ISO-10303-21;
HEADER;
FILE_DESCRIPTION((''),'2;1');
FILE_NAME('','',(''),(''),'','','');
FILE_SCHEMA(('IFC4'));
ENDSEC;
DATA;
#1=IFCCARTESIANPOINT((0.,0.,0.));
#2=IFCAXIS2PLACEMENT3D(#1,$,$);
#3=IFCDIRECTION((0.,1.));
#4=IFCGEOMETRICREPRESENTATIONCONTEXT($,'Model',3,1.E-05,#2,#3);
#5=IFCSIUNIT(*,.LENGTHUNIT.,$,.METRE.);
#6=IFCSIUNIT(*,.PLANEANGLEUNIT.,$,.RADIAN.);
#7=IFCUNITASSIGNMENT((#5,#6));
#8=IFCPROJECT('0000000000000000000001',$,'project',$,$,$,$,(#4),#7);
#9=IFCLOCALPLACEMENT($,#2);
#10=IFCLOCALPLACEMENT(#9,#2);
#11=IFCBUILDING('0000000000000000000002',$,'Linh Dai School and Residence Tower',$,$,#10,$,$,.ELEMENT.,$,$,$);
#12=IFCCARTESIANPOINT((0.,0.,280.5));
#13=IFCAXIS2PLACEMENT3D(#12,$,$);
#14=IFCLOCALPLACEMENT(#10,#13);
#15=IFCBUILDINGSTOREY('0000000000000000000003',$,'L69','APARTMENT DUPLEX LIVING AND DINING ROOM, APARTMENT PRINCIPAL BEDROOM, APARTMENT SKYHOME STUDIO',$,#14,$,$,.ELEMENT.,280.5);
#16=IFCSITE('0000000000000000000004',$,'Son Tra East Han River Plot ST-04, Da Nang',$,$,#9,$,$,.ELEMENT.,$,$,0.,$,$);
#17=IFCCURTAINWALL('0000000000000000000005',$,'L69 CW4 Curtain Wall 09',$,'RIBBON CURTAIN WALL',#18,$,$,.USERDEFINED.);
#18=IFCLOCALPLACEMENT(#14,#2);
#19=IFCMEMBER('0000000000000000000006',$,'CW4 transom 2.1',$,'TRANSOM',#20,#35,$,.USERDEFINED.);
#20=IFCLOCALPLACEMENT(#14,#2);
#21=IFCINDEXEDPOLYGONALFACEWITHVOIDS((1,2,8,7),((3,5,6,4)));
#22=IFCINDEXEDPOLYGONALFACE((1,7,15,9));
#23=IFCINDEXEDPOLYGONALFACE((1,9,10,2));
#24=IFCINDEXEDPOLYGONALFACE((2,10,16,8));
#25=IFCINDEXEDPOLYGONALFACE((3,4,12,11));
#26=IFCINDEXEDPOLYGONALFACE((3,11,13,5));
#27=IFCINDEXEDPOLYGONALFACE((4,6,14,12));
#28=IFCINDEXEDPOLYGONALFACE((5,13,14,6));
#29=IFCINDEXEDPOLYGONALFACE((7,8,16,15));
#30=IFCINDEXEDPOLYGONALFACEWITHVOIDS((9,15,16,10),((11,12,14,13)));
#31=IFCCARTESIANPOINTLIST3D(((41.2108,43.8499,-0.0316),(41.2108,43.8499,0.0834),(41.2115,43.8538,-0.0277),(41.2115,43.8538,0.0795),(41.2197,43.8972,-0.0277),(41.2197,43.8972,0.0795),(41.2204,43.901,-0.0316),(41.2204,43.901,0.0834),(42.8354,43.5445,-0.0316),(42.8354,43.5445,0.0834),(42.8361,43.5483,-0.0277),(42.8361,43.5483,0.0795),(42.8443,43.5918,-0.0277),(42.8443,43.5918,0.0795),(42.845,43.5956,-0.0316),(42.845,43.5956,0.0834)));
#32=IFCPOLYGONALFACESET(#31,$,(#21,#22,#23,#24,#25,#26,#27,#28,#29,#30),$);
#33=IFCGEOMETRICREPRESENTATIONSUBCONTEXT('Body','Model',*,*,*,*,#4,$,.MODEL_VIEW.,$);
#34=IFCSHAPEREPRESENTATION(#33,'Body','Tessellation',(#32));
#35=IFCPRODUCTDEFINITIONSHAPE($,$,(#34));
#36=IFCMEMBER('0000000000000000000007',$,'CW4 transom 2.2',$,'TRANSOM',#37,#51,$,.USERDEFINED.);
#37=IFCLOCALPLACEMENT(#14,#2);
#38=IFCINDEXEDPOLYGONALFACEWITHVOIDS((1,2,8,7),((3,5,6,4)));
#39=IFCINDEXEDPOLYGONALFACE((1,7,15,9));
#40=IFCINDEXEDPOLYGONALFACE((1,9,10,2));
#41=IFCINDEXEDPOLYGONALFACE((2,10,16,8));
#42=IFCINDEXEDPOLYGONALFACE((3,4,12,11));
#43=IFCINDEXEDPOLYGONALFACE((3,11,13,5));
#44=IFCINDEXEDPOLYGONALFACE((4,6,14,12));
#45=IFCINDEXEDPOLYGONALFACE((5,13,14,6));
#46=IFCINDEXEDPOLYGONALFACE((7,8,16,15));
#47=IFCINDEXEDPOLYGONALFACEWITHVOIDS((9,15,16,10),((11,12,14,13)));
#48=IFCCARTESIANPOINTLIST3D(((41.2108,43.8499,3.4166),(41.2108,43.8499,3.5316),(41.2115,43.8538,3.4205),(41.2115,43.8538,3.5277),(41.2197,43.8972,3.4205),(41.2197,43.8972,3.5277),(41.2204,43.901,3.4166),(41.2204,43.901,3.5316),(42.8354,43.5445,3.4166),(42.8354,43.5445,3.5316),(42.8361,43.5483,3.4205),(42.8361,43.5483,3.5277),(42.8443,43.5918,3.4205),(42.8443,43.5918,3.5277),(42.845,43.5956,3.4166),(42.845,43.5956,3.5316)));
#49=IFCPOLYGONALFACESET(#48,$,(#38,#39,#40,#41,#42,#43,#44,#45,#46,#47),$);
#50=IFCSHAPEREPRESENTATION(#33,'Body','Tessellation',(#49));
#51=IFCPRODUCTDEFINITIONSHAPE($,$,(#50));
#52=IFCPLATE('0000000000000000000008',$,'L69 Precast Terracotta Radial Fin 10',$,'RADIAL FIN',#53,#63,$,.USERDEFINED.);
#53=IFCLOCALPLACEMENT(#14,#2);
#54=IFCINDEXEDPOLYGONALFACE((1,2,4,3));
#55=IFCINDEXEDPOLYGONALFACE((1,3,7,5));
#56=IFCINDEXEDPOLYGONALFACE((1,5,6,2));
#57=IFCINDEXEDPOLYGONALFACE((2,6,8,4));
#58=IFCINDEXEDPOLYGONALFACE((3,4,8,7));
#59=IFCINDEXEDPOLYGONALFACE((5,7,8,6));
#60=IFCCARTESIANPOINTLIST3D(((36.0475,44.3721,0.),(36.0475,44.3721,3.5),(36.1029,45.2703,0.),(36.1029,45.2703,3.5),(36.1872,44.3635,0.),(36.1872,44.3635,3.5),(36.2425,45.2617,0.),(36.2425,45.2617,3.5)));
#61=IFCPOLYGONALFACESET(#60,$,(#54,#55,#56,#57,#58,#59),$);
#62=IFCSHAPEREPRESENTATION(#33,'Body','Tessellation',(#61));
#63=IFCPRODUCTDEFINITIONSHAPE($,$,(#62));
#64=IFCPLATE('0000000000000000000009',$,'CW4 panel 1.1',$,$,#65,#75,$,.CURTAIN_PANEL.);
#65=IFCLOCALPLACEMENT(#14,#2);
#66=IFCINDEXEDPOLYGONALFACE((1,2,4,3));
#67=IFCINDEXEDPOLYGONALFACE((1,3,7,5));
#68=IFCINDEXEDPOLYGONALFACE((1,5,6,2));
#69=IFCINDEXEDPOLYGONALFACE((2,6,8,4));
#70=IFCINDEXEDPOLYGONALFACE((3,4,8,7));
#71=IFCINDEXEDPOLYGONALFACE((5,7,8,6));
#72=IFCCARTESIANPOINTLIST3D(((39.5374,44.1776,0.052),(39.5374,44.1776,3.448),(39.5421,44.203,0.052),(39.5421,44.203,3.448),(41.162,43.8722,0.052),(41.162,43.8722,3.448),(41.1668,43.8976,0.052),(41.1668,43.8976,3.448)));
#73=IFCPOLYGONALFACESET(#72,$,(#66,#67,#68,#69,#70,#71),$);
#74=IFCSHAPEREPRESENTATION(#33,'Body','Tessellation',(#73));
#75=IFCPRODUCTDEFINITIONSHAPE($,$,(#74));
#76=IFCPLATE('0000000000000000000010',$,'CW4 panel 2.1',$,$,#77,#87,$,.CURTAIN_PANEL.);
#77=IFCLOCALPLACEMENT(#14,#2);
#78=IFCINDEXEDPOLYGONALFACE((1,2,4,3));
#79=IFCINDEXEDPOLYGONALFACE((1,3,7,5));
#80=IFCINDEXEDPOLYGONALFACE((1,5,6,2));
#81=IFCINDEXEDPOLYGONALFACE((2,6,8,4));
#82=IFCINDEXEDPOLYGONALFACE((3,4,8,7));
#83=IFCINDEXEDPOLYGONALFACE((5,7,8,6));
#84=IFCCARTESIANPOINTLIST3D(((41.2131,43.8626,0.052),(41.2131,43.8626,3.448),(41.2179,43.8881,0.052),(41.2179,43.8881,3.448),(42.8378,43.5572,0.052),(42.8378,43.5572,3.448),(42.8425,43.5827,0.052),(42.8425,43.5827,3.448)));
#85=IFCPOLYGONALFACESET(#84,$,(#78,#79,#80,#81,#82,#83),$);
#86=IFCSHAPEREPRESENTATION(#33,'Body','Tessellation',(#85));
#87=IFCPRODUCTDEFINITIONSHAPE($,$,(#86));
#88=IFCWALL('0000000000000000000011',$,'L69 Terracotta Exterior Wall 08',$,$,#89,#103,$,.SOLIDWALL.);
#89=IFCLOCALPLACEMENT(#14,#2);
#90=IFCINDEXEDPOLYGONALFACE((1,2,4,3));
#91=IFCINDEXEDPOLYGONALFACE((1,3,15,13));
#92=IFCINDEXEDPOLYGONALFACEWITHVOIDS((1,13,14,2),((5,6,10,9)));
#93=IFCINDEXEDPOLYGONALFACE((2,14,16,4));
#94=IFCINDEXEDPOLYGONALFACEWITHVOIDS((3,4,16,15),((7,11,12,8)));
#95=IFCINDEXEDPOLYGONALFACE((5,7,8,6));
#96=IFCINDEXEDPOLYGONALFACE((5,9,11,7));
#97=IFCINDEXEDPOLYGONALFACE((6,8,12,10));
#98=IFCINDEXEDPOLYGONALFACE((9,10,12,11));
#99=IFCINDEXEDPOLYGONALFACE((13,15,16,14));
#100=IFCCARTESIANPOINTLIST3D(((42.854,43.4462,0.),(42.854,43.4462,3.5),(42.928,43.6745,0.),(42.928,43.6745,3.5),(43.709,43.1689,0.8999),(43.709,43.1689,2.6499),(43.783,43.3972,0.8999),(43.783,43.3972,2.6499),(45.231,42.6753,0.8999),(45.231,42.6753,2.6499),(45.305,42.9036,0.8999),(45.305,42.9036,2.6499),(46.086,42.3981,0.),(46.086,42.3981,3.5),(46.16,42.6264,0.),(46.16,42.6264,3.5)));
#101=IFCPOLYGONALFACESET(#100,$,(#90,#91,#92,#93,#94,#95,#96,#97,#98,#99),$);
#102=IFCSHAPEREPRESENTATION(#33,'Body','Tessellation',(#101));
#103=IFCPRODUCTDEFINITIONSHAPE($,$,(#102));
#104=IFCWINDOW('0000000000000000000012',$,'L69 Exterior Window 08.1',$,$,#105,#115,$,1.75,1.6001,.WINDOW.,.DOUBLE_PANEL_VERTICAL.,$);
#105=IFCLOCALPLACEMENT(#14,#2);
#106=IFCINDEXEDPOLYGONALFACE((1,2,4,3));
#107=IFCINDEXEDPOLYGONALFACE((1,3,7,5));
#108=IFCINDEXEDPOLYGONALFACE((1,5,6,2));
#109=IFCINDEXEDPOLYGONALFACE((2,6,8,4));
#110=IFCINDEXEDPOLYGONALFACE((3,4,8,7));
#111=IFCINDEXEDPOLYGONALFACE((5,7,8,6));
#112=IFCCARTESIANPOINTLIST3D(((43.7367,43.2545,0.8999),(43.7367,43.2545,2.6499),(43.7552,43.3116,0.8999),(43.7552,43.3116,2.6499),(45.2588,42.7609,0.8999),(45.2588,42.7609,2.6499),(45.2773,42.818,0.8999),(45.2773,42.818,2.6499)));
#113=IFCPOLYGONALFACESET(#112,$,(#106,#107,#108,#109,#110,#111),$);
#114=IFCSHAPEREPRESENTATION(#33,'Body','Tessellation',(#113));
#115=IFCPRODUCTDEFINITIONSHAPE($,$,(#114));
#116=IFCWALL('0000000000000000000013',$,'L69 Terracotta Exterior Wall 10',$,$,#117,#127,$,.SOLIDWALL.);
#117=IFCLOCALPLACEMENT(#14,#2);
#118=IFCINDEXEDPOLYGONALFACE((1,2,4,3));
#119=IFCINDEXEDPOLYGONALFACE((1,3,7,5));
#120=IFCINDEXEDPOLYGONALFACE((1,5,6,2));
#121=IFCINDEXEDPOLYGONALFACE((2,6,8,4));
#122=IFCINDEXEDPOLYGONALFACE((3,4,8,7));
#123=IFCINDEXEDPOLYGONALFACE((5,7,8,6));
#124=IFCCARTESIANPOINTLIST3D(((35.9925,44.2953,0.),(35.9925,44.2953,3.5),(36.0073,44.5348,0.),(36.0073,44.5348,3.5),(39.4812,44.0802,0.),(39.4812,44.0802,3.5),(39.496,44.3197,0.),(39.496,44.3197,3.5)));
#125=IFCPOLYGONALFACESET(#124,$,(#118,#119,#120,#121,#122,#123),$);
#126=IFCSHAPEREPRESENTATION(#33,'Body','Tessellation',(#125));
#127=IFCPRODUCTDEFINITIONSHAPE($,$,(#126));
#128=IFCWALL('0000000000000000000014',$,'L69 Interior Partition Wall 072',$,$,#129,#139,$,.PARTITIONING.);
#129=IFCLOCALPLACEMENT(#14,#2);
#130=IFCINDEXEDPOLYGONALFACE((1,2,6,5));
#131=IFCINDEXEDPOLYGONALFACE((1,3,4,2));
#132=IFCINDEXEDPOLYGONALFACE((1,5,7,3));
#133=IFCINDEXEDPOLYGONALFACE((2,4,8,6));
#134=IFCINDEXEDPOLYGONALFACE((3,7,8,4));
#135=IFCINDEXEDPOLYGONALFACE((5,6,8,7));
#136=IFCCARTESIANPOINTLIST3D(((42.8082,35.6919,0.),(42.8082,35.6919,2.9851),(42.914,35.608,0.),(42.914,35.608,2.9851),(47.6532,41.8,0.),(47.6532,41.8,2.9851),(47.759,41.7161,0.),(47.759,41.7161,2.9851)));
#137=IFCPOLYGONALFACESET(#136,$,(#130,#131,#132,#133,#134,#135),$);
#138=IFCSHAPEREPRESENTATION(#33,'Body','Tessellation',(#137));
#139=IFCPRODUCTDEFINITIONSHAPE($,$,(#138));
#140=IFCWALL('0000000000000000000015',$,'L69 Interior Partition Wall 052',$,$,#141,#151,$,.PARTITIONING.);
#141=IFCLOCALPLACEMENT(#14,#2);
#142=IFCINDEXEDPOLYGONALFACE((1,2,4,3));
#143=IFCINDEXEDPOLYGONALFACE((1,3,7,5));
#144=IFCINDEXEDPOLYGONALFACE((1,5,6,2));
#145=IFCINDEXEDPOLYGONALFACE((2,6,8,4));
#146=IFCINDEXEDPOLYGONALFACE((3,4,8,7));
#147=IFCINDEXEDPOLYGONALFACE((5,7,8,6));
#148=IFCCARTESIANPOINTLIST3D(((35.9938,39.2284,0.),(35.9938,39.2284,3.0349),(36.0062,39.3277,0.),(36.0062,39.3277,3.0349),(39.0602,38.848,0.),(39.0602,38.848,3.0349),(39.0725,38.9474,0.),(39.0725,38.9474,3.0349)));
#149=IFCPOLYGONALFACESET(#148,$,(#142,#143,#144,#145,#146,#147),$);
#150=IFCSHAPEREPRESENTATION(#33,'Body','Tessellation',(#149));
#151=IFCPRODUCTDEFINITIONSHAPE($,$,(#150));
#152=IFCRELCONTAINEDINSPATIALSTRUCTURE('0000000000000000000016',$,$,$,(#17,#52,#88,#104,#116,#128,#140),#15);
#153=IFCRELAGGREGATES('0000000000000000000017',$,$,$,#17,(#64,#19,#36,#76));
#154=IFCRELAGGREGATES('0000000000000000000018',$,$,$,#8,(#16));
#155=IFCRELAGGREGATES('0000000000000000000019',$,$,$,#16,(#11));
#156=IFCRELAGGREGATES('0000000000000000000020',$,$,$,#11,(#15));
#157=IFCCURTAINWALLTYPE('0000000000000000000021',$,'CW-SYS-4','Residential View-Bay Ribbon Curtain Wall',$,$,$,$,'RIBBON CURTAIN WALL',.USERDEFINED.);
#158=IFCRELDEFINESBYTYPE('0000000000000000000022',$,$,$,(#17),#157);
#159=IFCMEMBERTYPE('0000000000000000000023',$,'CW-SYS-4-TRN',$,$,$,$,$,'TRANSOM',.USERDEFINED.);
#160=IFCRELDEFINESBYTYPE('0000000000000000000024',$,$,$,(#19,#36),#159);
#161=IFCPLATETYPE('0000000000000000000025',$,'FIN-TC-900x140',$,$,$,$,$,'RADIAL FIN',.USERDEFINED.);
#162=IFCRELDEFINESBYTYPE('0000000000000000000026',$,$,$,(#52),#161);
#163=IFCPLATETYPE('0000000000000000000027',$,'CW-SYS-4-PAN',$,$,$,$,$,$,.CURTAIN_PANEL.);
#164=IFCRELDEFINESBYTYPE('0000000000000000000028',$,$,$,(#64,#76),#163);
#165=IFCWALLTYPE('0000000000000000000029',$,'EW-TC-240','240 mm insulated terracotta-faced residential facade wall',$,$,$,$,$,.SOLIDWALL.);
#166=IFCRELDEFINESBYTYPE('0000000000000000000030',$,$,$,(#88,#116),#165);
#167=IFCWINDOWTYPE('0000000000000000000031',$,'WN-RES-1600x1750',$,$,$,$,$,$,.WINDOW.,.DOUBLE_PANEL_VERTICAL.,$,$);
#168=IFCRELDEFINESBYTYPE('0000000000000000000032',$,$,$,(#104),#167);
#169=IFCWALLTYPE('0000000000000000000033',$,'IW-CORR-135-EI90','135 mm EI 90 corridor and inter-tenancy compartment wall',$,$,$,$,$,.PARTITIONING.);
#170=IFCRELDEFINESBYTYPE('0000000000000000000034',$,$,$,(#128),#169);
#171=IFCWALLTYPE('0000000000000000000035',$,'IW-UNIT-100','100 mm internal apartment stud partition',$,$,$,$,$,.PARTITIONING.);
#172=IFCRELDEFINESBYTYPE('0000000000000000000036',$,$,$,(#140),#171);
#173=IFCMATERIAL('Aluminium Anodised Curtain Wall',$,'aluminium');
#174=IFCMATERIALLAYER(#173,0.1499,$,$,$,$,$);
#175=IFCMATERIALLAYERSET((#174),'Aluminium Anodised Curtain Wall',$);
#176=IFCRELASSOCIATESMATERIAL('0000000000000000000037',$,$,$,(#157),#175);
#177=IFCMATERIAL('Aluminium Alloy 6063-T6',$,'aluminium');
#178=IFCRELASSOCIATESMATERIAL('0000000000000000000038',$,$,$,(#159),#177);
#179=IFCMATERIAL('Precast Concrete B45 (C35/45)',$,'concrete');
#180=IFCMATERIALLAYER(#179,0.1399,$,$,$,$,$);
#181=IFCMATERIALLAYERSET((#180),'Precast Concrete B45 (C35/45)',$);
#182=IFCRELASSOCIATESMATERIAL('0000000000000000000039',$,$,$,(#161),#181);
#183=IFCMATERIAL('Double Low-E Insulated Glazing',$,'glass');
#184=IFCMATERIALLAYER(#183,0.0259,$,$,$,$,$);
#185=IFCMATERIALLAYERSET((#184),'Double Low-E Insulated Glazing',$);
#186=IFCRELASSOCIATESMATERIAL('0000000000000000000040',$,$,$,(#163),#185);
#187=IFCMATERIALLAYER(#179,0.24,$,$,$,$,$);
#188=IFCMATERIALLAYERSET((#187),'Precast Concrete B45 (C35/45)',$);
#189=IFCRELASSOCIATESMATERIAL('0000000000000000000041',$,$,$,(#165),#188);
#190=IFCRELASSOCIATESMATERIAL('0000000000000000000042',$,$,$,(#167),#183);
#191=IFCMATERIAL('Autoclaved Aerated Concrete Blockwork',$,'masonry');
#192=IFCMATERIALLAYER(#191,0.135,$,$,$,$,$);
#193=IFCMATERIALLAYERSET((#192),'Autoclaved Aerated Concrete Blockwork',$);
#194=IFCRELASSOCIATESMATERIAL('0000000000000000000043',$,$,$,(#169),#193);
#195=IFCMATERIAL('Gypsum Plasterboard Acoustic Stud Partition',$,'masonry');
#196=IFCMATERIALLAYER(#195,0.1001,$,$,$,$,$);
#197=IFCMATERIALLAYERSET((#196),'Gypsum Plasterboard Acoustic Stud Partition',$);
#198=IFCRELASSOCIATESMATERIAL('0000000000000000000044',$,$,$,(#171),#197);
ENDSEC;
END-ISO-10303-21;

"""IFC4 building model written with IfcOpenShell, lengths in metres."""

from ifc_helpers import new_model, si_unit, direction, frame, frame_2d, origin, origin_2d, place, context, subcontext, project, spatial, rectangle, hollow_rectangle, extrude, source, transform, mapped, material, layer, layer_set, material_profile, profile_set, type_object, element, fill, aggregate, save


model = new_model("IFC4")

# Units and contexts
model_context = context("Model", 3, precision=1e-05, world=origin(), true_north=direction((0.0, 1.0)))
body_context = subcontext(model_context, "Body", "Model", "MODEL_VIEW")
ifc_project = project(units=[si_unit("LENGTHUNIT", "METRE"), si_unit("PLANEANGLEUNIT", "RADIAN")], contexts=[model_context])

# Site, building, storey
site_placement = place(None, origin())
site = spatial("IfcSite", under=ifc_project, at=site_placement, Name="Son Tra East Han River Plot ST-04, Da Nang", CompositionType="ELEMENT", RefElevation=0.0)
building_placement = place(site_placement, origin())
building = spatial("IfcBuilding", under=site, at=building_placement, Name="Linh Dai School and Residence Tower", CompositionType="ELEMENT")
storey_placement = place(building_placement, frame((0.0, 0.0, 280.5)))
storey = spatial("IfcBuildingStorey", under=building, at=storey_placement, Name="L69", Description="APARTMENT DUPLEX LIVING AND DINING ROOM, APARTMENT PRINCIPAL BEDROOM, APARTMENT SKYHOME STUDIO", CompositionType="ELEMENT", Elevation=280.5)

# Curtain wall, members
ifc_material_1 = material(Name="Aluminium Anodised Curtain Wall", Category="aluminium")
ifc_layer_1 = layer(ifc_material_1, 0.1499)
ifc_layer_set_1 = layer_set([ifc_layer_1], Name="Aluminium Anodised Curtain Wall")
curtain_wall_type = type_object("IfcCurtainWallType", Name="CW-SYS-4", Description="Residential View-Bay Ribbon Curtain Wall", ElementType="RIBBON CURTAIN WALL", PredefinedType="USERDEFINED", material=ifc_layer_set_1)
curtain_wall_placement = place(storey_placement, origin())
curtain_wall = element("IfcCurtainWall", 1, at=curtain_wall_placement, inside=storey, type_object=curtain_wall_type, Name="L69 CW4 Curtain Wall 09", ObjectType="RIBBON CURTAIN WALL", PredefinedType="USERDEFINED")
ifc_material_2 = material(Name="Aluminium Alloy 6063-T6", Category="aluminium")
ifc_material_profile_1 = material_profile(ifc_material_2, hollow_rectangle(XDim=0.052, YDim=0.115, WallThickness=0.0039, at=origin_2d()), Name="RHS 115x52x4")
ifc_profile_set_1 = profile_set([ifc_material_profile_1], Name="Aluminium Alloy 6063-T6")
member_type_1 = type_object("IfcMemberType", Name="CW-SYS-4-TRN", ElementType="TRANSOM", PredefinedType="USERDEFINED", material=ifc_profile_set_1)
shared_shape_1 = source(origin(), body_context, "Body", "SweptSolid", [
    extrude(hollow_rectangle(XDim=0.052, YDim=0.115, WallThickness=0.0039, at=origin_2d()), origin(), (0.0, 0.0, 1.0), 1.6531),
])
member_1_placement = place(storey_placement, frame((41.2156, 43.8755, 0.0259), z_axis=(0.982782, -0.18477, 0.0), x_axis=(0.18477, 0.982782, 0.0)))
member_1 = element("IfcMember", 2, at=member_1_placement, type_object=member_type_1, Name="CW4 transom 2.1", ObjectType="TRANSOM", PredefinedType="USERDEFINED", context=body_context, shape_type="MappedRepresentation", body=[
    mapped(shared_shape_1, transform((0.0, 0.0, 0.0), x_axis=(1.0, 0.0, 0.0), y_axis=(0.0, 1.0, 0.0), z_axis=(0.0, 0.0, 1.0), scale=1.0)),
])
member_2_placement = place(storey_placement, frame((41.2156, 43.8755, 3.4741), z_axis=(0.982782, -0.18477, 0.0), x_axis=(0.18477, 0.982782, 0.0)))
member_2 = element("IfcMember", 3, at=member_2_placement, type_object=member_type_1, Name="CW4 transom 2.2", ObjectType="TRANSOM", PredefinedType="USERDEFINED", context=body_context, shape_type="MappedRepresentation", body=[
    mapped(shared_shape_1, transform((0.0, 0.0, 0.0), x_axis=(1.0, 0.0, 0.0), y_axis=(0.0, 1.0, 0.0), z_axis=(0.0, 0.0, 1.0), scale=1.0)),
])

# Plates
ifc_material_3 = material(Name="Precast Concrete B45 (C35/45)", Category="concrete")
ifc_layer_2 = layer(ifc_material_3, 0.1399)
ifc_layer_set_2 = layer_set([ifc_layer_2], Name="Precast Concrete B45 (C35/45)")
plate_type_1 = type_object("IfcPlateType", Name="FIN-TC-900x140", ElementType="RADIAL FIN", PredefinedType="USERDEFINED", material=ifc_layer_set_2)
shared_shape_2 = source(origin(), body_context, "Body", "SweptSolid", [
    extrude(rectangle(XDim=0.8999, YDim=0.1399, at=origin_2d()), origin(), (0.0, 0.0, 1.0), 3.5),
])
plate_1_placement = place(storey_placement, frame((36.145, 44.8169, 0.0), z_axis=(0.0, 0.0, 1.0), x_axis=(0.06151, 0.998106, 0.0)))
element("IfcPlate", 4, at=plate_1_placement, inside=storey, type_object=plate_type_1, Name="L69 Precast Terracotta Radial Fin 10", ObjectType="RADIAL FIN", PredefinedType="USERDEFINED", context=body_context, shape_type="MappedRepresentation", body=[
    mapped(shared_shape_2, transform((0.0, 0.0, 0.0), x_axis=(1.0, 0.0, 0.0), y_axis=(0.0, 1.0, 0.0), z_axis=(0.0, 0.0, 1.0), scale=1.0)),
])
ifc_material_4 = material(Name="Double Low-E Insulated Glazing", Category="glass")
ifc_layer_3 = layer(ifc_material_4, 0.0259)
ifc_layer_set_3 = layer_set([ifc_layer_3], Name="Double Low-E Insulated Glazing")
plate_type_2 = type_object("IfcPlateType", Name="CW-SYS-4-PAN", PredefinedType="CURTAIN_PANEL", material=ifc_layer_set_3)
shared_shape_3 = source(origin(), body_context, "Body", "SweptSolid", [
    extrude(rectangle(XDim=1.6531, YDim=0.0259, at=origin_2d()), origin(), (0.0, 0.0, 1.0), 3.396),
])
plate_2_placement = place(storey_placement, frame((40.3521, 44.0376, 0.052), z_axis=(0.0, 0.0, 1.0), x_axis=(0.982785, -0.184751, 0.0)))
plate_2 = element("IfcPlate", 5, at=plate_2_placement, type_object=plate_type_2, Name="CW4 panel 1.1", PredefinedType="CURTAIN_PANEL", context=body_context, shape_type="MappedRepresentation", body=[
    mapped(shared_shape_3, transform((0.0, 0.0, 0.0), x_axis=(1.0, 0.0, 0.0), y_axis=(0.0, 1.0, 0.0), z_axis=(0.0, 0.0, 1.0), scale=1.0)),
])
plate_3_placement = place(storey_placement, frame((42.0278, 43.7227, 0.052), z_axis=(0.0, 0.0, 1.0), x_axis=(0.982785, -0.184751, 0.0)))
plate_3 = element("IfcPlate", 6, at=plate_3_placement, type_object=plate_type_2, Name="CW4 panel 2.1", PredefinedType="CURTAIN_PANEL", context=body_context, shape_type="MappedRepresentation", body=[
    mapped(shared_shape_3, transform((0.0, 0.0, 0.0), x_axis=(1.0, 0.0, 0.0), y_axis=(0.0, 1.0, 0.0), z_axis=(0.0, 0.0, 1.0), scale=1.0)),
])
aggregate(curtain_wall, [plate_2, member_1, member_2, plate_3])

# Wall, opening, window
ifc_layer_4 = layer(ifc_material_3, 0.24)
ifc_layer_set_4 = layer_set([ifc_layer_4], Name="Precast Concrete B45 (C35/45)")
wall_type_1 = type_object("IfcWallType", Name="EW-TC-240", Description="240 mm insulated terracotta-faced residential facade wall", PredefinedType="SOLIDWALL", material=ifc_layer_set_4)
wall_1_placement = place(storey_placement, frame((42.8911, 43.5603, 0.0), z_axis=(0.0, 0.0, 1.0), x_axis=(0.951231, -0.308478, 0.0)))
wall_1 = element("IfcWall", 7, at=wall_1_placement, inside=storey, type_object=wall_type_1, Name="L69 Terracotta Exterior Wall 08", PredefinedType="SOLIDWALL", context=body_context, shape_type="SweptSolid", body=[
    extrude(rectangle(XDim=3.3977, YDim=0.24, at=frame_2d((1.6987, 0.0))), origin(), (0.0, 0.0, 1.0), 3.5),
])
opening_1_placement = place(wall_1_placement, frame((0.8987, 0.0, 0.8999)))
opening_1 = element("IfcOpeningElement", 8, at=opening_1_placement, cuts=wall_1, PredefinedType="OPENING", context=body_context, shape_type="SweptSolid", body=[
    extrude(rectangle(XDim=1.6001, YDim=1.75, at=origin_2d()), frame((0.8, 0.1299, 0.875), z_axis=(0.0, -1.0, 0.0), x_axis=(1.0, 0.0, 0.0)), (0.0, 0.0, 1.0), 0.26),
])
window_type = type_object("IfcWindowType", Name="WN-RES-1600x1750", PartitioningType="DOUBLE_PANEL_VERTICAL", PredefinedType="WINDOW", material=ifc_material_4)
shared_shape_4 = source(origin(), body_context, "Body", "SweptSolid", [
    extrude(rectangle(XDim=1.6001, YDim=1.75, at=origin_2d()), frame((0.8, 0.03, 0.875), z_axis=(0.0, -1.0, 0.0), x_axis=(1.0, 0.0, 0.0)), (0.0, 0.0, 1.0), 0.0601),
])
window_placement = place(opening_1_placement, origin())
window = element("IfcWindow", 9, at=window_placement, inside=storey, type_object=window_type, Name="L69 Exterior Window 08.1", OverallHeight=1.75, OverallWidth=1.6001, PartitioningType="DOUBLE_PANEL_VERTICAL", PredefinedType="WINDOW", context=body_context, shape_type="MappedRepresentation", body=[
    mapped(shared_shape_4, transform((0.0, 0.0, 0.0), x_axis=(1.0, 0.0, 0.0), y_axis=(0.0, 1.0, 0.0), z_axis=(0.0, 0.0, 1.0), scale=1.0)),
])
fill(opening_1, window)

# Walls
wall_2_placement = place(storey_placement, frame((36.0, 44.415, 0.0), z_axis=(0.0, 0.0, 1.0), x_axis=(0.998105, -0.061535, 0.0)))
element("IfcWall", 10, at=wall_2_placement, inside=storey, type_object=wall_type_1, Name="L69 Terracotta Exterior Wall 10", PredefinedType="SOLIDWALL", context=body_context, shape_type="SweptSolid", body=[
    extrude(rectangle(XDim=3.4954, YDim=0.24, at=frame_2d((1.7476, 0.0))), origin(), (0.0, 0.0, 1.0), 3.5),
])
ifc_material_5 = material(Name="Autoclaved Aerated Concrete Blockwork", Category="masonry")
ifc_layer_5 = layer(ifc_material_5, 0.135)
ifc_layer_set_5 = layer_set([ifc_layer_5], Name="Autoclaved Aerated Concrete Blockwork")
wall_type_2 = type_object("IfcWallType", Name="IW-CORR-135-EI90", Description="135 mm EI 90 corridor and inter-tenancy compartment wall", PredefinedType="PARTITIONING", material=ifc_layer_set_5)
wall_3_placement = place(storey_placement, frame((42.8611, 35.6499, 0.0), z_axis=(0.0, 0.0, 1.0), x_axis=(0.62144, 0.783462, 0.0)))
element("IfcWall", 11, at=wall_3_placement, inside=storey, type_object=wall_type_2, Name="L69 Interior Partition Wall 072", PredefinedType="PARTITIONING", context=body_context, shape_type="SweptSolid", body=[
    extrude(rectangle(XDim=7.7964, YDim=0.135, at=frame_2d((3.8982, 0.0))), origin(), (0.0, 0.0, 1.0), 2.9851),
])
ifc_material_6 = material(Name="Gypsum Plasterboard Acoustic Stud Partition", Category="masonry")
ifc_layer_6 = layer(ifc_material_6, 0.1001)
ifc_layer_set_6 = layer_set([ifc_layer_6], Name="Gypsum Plasterboard Acoustic Stud Partition")
wall_type_3 = type_object("IfcWallType", Name="IW-UNIT-100", Description="100 mm internal apartment stud partition", PredefinedType="PARTITIONING", material=ifc_layer_set_6)
wall_4_placement = place(storey_placement, frame((36.0, 39.2781, 0.0), z_axis=(0.0, 0.0, 1.0), x_axis=(0.992394, -0.123101, 0.0)))
element("IfcWall", 12, at=wall_4_placement, inside=storey, type_object=wall_type_3, Name="L69 Interior Partition Wall 052", PredefinedType="PARTITIONING", context=body_context, shape_type="SweptSolid", body=[
    extrude(rectangle(XDim=3.0898, YDim=0.1001, at=frame_2d((1.5449, 0.0))), origin(), (0.0, 0.0, 1.0), 3.0349),
])

save(model, "model.ifc")
